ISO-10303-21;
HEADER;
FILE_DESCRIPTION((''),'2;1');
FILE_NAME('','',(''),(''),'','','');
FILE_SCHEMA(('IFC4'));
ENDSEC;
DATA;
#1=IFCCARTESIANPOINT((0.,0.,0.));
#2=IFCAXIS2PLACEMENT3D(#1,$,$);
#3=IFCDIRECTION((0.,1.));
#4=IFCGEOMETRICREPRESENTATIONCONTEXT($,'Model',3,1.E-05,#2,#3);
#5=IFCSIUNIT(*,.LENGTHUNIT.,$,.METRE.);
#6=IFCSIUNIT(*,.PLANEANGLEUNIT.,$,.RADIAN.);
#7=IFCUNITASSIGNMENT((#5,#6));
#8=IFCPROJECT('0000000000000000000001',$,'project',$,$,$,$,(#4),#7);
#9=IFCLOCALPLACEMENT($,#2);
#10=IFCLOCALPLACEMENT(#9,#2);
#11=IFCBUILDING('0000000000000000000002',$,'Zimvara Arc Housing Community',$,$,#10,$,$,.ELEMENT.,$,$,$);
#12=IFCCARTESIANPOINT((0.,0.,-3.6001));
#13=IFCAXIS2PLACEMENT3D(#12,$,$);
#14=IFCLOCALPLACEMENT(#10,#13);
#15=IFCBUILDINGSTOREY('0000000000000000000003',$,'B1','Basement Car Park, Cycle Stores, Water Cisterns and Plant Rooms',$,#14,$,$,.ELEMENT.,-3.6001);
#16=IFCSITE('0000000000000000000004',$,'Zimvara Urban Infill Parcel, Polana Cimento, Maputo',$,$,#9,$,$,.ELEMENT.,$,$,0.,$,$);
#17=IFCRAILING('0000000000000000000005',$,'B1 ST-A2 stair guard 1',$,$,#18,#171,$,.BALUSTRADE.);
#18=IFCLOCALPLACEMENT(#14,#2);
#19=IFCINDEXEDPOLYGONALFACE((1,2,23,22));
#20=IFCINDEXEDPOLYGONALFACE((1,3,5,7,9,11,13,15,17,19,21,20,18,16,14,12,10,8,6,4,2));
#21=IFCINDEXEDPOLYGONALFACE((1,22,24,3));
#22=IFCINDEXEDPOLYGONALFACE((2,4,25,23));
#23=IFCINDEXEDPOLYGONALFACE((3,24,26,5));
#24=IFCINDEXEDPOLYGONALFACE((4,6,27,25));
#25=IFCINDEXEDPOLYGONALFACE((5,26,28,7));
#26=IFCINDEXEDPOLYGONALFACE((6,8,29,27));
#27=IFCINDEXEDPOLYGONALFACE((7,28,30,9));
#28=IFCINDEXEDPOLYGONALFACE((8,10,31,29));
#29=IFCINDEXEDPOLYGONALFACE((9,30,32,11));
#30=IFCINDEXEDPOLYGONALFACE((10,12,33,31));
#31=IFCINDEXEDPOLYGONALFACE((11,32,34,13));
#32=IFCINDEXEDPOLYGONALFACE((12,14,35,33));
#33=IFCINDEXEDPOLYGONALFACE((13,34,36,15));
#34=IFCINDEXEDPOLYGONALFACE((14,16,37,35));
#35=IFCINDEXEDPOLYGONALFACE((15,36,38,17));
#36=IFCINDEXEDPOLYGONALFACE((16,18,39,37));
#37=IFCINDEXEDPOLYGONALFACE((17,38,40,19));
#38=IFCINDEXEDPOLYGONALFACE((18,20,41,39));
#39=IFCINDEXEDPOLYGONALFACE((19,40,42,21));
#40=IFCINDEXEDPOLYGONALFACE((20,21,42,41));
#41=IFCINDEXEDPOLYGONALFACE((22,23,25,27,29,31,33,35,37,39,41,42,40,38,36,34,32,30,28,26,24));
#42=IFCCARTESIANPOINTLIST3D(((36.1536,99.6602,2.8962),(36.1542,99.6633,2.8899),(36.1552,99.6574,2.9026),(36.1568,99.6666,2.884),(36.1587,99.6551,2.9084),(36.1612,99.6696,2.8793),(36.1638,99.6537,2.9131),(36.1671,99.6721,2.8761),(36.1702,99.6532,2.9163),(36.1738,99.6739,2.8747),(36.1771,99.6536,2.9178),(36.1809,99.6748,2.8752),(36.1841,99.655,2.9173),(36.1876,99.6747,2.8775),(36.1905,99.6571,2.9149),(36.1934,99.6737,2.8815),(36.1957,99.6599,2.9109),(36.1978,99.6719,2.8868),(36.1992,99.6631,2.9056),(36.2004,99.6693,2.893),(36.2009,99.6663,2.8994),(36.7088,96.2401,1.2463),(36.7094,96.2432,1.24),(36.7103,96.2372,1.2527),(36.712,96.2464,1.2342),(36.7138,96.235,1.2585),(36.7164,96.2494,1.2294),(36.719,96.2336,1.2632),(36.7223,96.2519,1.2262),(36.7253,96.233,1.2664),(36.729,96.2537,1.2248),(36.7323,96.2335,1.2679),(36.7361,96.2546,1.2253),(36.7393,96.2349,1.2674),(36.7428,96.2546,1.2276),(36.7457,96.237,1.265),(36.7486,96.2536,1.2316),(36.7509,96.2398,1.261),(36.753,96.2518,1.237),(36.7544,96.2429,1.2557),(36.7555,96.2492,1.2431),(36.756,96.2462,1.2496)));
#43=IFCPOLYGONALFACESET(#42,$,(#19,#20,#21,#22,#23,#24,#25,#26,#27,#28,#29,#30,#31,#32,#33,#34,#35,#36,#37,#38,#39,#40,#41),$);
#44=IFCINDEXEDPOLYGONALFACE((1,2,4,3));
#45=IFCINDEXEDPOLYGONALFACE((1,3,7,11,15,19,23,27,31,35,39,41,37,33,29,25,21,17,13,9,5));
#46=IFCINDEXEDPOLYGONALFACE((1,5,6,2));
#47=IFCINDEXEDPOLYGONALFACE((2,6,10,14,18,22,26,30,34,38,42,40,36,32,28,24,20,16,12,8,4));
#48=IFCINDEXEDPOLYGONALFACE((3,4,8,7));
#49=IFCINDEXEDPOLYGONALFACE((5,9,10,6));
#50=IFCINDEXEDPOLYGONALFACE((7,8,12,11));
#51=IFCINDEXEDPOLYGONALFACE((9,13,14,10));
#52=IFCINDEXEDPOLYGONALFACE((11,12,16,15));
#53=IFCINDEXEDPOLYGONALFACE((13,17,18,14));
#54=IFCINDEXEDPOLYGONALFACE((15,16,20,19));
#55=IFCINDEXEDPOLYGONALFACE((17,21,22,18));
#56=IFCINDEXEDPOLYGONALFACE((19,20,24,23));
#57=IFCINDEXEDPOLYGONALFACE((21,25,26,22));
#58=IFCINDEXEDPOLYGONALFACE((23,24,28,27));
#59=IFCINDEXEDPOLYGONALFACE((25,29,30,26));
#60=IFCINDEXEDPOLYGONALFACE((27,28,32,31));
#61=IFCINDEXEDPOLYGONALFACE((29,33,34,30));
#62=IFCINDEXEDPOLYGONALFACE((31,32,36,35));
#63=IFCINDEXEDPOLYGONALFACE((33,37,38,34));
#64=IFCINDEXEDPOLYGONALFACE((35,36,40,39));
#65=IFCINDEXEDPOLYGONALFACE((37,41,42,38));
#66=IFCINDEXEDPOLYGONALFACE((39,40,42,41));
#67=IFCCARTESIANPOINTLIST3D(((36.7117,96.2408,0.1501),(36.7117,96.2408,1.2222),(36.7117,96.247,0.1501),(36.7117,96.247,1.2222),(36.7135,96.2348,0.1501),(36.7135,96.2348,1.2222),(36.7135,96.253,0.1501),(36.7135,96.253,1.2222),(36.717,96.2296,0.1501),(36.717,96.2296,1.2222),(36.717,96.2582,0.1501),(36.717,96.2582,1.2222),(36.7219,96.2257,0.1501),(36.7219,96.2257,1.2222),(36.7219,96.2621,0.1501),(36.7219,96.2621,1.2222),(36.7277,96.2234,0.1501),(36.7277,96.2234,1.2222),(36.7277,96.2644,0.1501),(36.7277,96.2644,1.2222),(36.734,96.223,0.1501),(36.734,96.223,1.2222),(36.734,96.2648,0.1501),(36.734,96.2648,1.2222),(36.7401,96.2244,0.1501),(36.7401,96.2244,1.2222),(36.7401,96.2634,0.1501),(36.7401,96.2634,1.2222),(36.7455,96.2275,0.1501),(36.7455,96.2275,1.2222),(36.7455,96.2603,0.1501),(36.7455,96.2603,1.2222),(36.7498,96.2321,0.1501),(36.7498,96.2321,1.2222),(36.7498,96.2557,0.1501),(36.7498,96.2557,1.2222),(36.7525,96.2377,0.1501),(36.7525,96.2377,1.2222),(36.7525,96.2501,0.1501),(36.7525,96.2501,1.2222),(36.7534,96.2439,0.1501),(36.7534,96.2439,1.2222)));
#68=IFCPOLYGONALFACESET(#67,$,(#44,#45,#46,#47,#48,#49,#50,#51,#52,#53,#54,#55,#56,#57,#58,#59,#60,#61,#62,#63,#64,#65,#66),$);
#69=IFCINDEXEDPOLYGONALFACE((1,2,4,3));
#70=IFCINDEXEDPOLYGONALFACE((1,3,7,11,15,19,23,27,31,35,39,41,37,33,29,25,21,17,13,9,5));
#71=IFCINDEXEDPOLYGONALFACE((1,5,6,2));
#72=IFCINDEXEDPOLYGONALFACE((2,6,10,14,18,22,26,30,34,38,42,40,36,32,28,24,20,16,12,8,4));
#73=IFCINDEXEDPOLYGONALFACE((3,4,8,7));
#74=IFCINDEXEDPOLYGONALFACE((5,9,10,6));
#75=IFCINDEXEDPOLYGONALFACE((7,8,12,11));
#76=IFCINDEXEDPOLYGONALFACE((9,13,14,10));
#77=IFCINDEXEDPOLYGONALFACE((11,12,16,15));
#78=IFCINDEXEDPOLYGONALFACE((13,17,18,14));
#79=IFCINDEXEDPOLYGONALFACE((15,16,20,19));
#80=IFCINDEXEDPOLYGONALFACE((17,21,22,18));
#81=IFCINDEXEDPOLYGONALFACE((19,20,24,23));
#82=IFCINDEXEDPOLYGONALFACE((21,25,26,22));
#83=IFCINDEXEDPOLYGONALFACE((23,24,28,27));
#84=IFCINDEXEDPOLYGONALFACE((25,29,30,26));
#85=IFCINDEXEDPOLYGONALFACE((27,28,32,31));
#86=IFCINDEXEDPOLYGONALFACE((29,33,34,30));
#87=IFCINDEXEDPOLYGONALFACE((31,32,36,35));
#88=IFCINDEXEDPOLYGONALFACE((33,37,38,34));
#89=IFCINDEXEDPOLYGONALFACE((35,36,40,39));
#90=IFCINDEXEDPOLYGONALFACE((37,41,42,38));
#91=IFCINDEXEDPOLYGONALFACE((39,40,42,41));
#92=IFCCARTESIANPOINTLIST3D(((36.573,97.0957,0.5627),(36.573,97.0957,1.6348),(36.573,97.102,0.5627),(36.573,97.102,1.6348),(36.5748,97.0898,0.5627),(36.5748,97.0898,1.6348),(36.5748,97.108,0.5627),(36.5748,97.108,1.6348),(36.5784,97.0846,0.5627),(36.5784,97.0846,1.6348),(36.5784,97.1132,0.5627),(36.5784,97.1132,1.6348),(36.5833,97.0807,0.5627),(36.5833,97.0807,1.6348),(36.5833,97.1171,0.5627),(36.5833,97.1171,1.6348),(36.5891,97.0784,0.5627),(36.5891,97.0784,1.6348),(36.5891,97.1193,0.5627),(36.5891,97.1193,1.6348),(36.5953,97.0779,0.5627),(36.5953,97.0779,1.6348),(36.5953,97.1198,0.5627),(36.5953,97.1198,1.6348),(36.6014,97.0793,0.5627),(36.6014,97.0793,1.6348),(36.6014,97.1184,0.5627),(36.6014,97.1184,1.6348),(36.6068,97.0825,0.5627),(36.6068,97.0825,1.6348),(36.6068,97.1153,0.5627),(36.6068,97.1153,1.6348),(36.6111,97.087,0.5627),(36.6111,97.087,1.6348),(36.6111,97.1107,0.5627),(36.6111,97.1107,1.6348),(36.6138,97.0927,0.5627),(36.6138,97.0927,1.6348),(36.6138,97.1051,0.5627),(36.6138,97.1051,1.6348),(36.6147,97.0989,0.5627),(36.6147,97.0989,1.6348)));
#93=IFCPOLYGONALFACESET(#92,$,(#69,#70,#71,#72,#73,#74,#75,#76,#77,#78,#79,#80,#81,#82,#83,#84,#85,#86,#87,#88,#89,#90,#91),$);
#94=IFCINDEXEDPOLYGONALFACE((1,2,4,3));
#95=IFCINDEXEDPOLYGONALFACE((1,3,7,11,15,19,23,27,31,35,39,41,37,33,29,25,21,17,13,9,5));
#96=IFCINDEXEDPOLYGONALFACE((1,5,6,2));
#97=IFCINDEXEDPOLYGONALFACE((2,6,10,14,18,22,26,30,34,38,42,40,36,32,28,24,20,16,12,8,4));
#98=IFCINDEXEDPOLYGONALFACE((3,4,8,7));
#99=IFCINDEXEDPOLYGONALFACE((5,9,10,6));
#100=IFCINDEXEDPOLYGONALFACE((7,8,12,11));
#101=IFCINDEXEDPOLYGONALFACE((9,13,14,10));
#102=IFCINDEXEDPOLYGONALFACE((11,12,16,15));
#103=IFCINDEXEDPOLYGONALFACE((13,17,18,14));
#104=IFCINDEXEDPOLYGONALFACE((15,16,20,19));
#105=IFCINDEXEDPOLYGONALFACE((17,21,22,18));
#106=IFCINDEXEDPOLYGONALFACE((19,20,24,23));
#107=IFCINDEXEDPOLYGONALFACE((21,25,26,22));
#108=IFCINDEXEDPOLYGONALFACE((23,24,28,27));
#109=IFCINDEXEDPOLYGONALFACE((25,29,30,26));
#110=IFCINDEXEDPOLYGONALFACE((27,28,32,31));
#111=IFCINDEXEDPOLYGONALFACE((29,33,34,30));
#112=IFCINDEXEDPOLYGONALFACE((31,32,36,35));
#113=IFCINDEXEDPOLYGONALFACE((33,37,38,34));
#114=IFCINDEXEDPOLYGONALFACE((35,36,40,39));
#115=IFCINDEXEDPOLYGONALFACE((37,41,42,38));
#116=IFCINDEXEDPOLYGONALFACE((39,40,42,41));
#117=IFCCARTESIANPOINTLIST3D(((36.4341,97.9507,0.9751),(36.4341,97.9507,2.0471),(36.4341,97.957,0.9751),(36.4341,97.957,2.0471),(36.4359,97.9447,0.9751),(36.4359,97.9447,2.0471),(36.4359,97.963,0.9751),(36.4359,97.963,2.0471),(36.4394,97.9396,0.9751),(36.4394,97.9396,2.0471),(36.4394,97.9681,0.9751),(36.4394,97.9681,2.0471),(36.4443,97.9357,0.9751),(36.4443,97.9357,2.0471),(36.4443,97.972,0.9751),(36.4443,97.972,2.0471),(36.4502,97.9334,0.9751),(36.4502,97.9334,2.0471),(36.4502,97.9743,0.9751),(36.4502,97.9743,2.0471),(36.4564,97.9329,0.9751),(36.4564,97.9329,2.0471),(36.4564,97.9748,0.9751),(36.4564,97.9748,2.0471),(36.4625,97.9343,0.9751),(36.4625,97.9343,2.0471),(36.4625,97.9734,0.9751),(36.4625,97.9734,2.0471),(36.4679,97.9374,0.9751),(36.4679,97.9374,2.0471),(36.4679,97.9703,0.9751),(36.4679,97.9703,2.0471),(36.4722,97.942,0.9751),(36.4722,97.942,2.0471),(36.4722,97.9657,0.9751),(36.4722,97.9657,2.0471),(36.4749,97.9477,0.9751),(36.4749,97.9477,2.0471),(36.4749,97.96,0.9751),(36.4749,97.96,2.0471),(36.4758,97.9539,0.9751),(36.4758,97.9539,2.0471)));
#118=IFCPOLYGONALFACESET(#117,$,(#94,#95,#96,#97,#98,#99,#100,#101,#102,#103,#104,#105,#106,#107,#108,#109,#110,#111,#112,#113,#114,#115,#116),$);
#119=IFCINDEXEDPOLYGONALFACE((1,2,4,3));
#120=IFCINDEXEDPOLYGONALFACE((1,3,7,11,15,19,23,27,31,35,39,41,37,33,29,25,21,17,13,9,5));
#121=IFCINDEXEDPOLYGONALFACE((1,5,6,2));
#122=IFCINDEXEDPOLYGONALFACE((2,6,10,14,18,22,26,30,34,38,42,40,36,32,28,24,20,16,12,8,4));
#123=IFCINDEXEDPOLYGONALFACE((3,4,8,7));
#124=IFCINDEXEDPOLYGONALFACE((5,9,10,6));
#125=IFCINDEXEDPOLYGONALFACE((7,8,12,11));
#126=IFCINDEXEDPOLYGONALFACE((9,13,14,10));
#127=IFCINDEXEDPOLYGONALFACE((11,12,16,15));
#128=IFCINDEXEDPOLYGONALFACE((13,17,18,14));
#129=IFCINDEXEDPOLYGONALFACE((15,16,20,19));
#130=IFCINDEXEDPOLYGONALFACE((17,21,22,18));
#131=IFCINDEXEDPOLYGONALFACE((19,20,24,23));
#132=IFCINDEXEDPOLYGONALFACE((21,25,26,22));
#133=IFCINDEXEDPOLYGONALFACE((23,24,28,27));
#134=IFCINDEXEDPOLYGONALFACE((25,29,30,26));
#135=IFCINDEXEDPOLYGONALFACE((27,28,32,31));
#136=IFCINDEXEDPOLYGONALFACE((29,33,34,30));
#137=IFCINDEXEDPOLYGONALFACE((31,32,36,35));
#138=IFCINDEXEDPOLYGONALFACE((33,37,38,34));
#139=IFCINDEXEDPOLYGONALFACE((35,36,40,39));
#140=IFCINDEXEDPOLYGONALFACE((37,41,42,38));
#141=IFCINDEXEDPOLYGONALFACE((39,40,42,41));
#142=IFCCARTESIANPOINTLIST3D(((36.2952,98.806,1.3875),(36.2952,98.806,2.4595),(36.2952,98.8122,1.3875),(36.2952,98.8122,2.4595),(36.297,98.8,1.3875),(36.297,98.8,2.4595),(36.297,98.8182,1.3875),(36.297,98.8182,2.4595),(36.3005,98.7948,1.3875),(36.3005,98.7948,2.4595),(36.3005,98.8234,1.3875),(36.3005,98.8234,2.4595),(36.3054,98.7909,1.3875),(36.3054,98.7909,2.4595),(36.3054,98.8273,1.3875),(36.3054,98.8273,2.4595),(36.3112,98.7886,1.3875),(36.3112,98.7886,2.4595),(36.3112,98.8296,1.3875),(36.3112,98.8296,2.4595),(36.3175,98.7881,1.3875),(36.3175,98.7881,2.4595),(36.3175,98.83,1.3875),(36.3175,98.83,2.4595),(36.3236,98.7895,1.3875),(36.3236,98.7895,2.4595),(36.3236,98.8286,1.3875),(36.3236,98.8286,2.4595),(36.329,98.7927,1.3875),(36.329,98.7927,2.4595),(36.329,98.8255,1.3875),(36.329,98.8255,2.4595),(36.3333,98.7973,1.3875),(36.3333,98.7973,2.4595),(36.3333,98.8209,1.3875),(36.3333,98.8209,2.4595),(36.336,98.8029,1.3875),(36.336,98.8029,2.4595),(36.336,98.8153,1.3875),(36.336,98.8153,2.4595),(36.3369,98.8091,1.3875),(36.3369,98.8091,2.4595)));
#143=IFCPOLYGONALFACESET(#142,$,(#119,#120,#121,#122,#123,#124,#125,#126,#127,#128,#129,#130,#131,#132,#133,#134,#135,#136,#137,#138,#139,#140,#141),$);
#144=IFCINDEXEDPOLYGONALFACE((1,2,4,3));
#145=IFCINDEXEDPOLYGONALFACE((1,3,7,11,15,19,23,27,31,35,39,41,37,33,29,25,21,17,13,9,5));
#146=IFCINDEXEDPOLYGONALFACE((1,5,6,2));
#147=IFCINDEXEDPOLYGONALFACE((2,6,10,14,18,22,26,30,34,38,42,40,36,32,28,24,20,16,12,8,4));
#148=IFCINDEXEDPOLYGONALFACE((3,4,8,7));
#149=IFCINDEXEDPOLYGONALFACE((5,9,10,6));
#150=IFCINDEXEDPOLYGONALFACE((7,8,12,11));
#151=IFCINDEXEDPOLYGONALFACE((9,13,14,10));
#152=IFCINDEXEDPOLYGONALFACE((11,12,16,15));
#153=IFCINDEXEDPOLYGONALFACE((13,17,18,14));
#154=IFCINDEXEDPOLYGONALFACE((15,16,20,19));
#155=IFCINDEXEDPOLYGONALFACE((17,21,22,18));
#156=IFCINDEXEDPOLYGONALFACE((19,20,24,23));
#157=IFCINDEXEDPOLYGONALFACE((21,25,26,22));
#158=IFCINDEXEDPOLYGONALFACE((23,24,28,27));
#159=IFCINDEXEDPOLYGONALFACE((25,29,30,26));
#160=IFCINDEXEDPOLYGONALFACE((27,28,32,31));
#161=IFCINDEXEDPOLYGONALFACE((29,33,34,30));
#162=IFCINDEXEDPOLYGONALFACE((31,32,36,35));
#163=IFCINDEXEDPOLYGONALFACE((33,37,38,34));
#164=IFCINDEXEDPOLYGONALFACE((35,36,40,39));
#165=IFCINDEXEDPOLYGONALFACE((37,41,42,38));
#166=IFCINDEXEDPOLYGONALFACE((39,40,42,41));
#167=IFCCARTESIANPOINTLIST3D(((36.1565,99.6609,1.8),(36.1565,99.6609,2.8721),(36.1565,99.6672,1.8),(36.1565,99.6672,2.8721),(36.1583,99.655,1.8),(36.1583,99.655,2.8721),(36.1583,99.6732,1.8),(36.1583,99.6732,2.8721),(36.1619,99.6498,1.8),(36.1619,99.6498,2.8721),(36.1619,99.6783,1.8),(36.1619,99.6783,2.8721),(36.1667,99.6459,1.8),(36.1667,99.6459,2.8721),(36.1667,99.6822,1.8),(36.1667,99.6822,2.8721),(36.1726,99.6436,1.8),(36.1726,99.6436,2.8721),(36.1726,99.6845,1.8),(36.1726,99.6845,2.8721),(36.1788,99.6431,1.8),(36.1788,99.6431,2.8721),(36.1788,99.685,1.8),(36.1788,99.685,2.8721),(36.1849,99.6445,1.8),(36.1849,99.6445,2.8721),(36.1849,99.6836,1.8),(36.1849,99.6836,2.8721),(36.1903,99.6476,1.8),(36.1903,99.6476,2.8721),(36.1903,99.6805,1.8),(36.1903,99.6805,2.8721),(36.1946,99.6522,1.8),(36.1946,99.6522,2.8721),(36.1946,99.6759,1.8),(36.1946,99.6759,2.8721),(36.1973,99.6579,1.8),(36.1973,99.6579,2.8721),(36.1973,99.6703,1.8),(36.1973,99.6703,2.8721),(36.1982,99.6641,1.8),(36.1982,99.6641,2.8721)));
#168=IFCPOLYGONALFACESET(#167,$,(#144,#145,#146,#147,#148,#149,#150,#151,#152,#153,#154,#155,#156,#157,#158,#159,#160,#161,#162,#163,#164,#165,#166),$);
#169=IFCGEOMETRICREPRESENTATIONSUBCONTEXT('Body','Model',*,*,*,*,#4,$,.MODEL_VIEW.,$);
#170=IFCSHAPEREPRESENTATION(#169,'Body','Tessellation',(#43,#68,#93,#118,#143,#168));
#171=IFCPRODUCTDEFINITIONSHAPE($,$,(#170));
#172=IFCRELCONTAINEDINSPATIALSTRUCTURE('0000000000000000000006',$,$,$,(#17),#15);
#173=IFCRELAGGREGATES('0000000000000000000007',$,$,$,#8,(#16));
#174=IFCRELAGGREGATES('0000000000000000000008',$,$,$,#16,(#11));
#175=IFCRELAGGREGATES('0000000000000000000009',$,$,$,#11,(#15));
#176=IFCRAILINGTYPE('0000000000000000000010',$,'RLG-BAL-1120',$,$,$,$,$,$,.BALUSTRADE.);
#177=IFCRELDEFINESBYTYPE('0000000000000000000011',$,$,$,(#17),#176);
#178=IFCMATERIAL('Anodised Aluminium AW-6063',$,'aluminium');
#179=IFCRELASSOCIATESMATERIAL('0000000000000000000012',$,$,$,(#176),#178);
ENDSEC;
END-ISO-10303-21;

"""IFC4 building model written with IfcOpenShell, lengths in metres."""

from ifc_helpers import new_model, si_unit, direction, frame, origin, origin_2d, place, context, subcontext, project, spatial, circle, extrude, material, type_object, element, save


model = new_model("IFC4")

# Units and contexts
model_context = context("Model", 3, precision=1e-05, world=origin(), true_north=direction((0.0, 1.0)))
body_context = subcontext(model_context, "Body", "Model", "MODEL_VIEW")
ifc_project = project(units=[si_unit("LENGTHUNIT", "METRE"), si_unit("PLANEANGLEUNIT", "RADIAN")], contexts=[model_context])

# Site, building, storey
site_placement = place(None, origin())
site = spatial("IfcSite", under=ifc_project, at=site_placement, Name="Zimvara Urban Infill Parcel, Polana Cimento, Maputo", CompositionType="ELEMENT", RefElevation=0.0)
building_placement = place(site_placement, origin())
building = spatial("IfcBuilding", under=site, at=building_placement, Name="Zimvara Arc Housing Community", CompositionType="ELEMENT")
storey_placement = place(building_placement, frame((0.0, 0.0, -3.6001)))
storey = spatial("IfcBuildingStorey", under=building, at=storey_placement, Name="B1", Description="Basement Car Park, Cycle Stores, Water Cisterns and Plant Rooms", CompositionType="ELEMENT", Elevation=-3.6001)

# Railing
ifc_material_1 = material(Name="Anodised Aluminium AW-6063", Category="aluminium")
railing_type = type_object("IfcRailingType", Name="RLG-BAL-1120", PredefinedType="BALUSTRADE", material=ifc_material_1)
railing_1_placement = place(storey_placement, frame((36.7324, 96.2439, 0.1501)))
element("IfcRailing", 1, at=railing_1_placement, inside=storey, type_object=railing_type, Name="B1 ST-A2 stair guard 1", PredefinedType="BALUSTRADE", context=body_context, shape_type="SweptSolid", body=[
    extrude(circle(Radius=0.0239, at=origin_2d()), frame((0.0, 0.0, 1.0962), z_axis=(-0.144664, 0.891202, 0.42992), x_axis=(-0.98708, -0.160227, 0.0)), (0.0, 0.0, 1.0), 3.8376),
    extrude(circle(Radius=0.021, at=origin_2d()), origin(), (0.0, 0.0, 1.0), 1.072),
    extrude(circle(Radius=0.021, at=origin_2d()), frame((-0.1387, 0.855, 0.4126)), (0.0, 0.0, 1.0), 1.072),
    extrude(circle(Radius=0.021, at=origin_2d()), frame((-0.2776, 1.71, 0.825)), (0.0, 0.0, 1.0), 1.072),
    extrude(circle(Radius=0.021, at=origin_2d()), frame((-0.4165, 2.5652, 1.2373)), (0.0, 0.0, 1.0), 1.072),
    extrude(circle(Radius=0.021, at=origin_2d()), frame((-0.5552, 3.4202, 1.6499)), (0.0, 0.0, 1.0), 1.072),
])

save(model, "model.ifc")
